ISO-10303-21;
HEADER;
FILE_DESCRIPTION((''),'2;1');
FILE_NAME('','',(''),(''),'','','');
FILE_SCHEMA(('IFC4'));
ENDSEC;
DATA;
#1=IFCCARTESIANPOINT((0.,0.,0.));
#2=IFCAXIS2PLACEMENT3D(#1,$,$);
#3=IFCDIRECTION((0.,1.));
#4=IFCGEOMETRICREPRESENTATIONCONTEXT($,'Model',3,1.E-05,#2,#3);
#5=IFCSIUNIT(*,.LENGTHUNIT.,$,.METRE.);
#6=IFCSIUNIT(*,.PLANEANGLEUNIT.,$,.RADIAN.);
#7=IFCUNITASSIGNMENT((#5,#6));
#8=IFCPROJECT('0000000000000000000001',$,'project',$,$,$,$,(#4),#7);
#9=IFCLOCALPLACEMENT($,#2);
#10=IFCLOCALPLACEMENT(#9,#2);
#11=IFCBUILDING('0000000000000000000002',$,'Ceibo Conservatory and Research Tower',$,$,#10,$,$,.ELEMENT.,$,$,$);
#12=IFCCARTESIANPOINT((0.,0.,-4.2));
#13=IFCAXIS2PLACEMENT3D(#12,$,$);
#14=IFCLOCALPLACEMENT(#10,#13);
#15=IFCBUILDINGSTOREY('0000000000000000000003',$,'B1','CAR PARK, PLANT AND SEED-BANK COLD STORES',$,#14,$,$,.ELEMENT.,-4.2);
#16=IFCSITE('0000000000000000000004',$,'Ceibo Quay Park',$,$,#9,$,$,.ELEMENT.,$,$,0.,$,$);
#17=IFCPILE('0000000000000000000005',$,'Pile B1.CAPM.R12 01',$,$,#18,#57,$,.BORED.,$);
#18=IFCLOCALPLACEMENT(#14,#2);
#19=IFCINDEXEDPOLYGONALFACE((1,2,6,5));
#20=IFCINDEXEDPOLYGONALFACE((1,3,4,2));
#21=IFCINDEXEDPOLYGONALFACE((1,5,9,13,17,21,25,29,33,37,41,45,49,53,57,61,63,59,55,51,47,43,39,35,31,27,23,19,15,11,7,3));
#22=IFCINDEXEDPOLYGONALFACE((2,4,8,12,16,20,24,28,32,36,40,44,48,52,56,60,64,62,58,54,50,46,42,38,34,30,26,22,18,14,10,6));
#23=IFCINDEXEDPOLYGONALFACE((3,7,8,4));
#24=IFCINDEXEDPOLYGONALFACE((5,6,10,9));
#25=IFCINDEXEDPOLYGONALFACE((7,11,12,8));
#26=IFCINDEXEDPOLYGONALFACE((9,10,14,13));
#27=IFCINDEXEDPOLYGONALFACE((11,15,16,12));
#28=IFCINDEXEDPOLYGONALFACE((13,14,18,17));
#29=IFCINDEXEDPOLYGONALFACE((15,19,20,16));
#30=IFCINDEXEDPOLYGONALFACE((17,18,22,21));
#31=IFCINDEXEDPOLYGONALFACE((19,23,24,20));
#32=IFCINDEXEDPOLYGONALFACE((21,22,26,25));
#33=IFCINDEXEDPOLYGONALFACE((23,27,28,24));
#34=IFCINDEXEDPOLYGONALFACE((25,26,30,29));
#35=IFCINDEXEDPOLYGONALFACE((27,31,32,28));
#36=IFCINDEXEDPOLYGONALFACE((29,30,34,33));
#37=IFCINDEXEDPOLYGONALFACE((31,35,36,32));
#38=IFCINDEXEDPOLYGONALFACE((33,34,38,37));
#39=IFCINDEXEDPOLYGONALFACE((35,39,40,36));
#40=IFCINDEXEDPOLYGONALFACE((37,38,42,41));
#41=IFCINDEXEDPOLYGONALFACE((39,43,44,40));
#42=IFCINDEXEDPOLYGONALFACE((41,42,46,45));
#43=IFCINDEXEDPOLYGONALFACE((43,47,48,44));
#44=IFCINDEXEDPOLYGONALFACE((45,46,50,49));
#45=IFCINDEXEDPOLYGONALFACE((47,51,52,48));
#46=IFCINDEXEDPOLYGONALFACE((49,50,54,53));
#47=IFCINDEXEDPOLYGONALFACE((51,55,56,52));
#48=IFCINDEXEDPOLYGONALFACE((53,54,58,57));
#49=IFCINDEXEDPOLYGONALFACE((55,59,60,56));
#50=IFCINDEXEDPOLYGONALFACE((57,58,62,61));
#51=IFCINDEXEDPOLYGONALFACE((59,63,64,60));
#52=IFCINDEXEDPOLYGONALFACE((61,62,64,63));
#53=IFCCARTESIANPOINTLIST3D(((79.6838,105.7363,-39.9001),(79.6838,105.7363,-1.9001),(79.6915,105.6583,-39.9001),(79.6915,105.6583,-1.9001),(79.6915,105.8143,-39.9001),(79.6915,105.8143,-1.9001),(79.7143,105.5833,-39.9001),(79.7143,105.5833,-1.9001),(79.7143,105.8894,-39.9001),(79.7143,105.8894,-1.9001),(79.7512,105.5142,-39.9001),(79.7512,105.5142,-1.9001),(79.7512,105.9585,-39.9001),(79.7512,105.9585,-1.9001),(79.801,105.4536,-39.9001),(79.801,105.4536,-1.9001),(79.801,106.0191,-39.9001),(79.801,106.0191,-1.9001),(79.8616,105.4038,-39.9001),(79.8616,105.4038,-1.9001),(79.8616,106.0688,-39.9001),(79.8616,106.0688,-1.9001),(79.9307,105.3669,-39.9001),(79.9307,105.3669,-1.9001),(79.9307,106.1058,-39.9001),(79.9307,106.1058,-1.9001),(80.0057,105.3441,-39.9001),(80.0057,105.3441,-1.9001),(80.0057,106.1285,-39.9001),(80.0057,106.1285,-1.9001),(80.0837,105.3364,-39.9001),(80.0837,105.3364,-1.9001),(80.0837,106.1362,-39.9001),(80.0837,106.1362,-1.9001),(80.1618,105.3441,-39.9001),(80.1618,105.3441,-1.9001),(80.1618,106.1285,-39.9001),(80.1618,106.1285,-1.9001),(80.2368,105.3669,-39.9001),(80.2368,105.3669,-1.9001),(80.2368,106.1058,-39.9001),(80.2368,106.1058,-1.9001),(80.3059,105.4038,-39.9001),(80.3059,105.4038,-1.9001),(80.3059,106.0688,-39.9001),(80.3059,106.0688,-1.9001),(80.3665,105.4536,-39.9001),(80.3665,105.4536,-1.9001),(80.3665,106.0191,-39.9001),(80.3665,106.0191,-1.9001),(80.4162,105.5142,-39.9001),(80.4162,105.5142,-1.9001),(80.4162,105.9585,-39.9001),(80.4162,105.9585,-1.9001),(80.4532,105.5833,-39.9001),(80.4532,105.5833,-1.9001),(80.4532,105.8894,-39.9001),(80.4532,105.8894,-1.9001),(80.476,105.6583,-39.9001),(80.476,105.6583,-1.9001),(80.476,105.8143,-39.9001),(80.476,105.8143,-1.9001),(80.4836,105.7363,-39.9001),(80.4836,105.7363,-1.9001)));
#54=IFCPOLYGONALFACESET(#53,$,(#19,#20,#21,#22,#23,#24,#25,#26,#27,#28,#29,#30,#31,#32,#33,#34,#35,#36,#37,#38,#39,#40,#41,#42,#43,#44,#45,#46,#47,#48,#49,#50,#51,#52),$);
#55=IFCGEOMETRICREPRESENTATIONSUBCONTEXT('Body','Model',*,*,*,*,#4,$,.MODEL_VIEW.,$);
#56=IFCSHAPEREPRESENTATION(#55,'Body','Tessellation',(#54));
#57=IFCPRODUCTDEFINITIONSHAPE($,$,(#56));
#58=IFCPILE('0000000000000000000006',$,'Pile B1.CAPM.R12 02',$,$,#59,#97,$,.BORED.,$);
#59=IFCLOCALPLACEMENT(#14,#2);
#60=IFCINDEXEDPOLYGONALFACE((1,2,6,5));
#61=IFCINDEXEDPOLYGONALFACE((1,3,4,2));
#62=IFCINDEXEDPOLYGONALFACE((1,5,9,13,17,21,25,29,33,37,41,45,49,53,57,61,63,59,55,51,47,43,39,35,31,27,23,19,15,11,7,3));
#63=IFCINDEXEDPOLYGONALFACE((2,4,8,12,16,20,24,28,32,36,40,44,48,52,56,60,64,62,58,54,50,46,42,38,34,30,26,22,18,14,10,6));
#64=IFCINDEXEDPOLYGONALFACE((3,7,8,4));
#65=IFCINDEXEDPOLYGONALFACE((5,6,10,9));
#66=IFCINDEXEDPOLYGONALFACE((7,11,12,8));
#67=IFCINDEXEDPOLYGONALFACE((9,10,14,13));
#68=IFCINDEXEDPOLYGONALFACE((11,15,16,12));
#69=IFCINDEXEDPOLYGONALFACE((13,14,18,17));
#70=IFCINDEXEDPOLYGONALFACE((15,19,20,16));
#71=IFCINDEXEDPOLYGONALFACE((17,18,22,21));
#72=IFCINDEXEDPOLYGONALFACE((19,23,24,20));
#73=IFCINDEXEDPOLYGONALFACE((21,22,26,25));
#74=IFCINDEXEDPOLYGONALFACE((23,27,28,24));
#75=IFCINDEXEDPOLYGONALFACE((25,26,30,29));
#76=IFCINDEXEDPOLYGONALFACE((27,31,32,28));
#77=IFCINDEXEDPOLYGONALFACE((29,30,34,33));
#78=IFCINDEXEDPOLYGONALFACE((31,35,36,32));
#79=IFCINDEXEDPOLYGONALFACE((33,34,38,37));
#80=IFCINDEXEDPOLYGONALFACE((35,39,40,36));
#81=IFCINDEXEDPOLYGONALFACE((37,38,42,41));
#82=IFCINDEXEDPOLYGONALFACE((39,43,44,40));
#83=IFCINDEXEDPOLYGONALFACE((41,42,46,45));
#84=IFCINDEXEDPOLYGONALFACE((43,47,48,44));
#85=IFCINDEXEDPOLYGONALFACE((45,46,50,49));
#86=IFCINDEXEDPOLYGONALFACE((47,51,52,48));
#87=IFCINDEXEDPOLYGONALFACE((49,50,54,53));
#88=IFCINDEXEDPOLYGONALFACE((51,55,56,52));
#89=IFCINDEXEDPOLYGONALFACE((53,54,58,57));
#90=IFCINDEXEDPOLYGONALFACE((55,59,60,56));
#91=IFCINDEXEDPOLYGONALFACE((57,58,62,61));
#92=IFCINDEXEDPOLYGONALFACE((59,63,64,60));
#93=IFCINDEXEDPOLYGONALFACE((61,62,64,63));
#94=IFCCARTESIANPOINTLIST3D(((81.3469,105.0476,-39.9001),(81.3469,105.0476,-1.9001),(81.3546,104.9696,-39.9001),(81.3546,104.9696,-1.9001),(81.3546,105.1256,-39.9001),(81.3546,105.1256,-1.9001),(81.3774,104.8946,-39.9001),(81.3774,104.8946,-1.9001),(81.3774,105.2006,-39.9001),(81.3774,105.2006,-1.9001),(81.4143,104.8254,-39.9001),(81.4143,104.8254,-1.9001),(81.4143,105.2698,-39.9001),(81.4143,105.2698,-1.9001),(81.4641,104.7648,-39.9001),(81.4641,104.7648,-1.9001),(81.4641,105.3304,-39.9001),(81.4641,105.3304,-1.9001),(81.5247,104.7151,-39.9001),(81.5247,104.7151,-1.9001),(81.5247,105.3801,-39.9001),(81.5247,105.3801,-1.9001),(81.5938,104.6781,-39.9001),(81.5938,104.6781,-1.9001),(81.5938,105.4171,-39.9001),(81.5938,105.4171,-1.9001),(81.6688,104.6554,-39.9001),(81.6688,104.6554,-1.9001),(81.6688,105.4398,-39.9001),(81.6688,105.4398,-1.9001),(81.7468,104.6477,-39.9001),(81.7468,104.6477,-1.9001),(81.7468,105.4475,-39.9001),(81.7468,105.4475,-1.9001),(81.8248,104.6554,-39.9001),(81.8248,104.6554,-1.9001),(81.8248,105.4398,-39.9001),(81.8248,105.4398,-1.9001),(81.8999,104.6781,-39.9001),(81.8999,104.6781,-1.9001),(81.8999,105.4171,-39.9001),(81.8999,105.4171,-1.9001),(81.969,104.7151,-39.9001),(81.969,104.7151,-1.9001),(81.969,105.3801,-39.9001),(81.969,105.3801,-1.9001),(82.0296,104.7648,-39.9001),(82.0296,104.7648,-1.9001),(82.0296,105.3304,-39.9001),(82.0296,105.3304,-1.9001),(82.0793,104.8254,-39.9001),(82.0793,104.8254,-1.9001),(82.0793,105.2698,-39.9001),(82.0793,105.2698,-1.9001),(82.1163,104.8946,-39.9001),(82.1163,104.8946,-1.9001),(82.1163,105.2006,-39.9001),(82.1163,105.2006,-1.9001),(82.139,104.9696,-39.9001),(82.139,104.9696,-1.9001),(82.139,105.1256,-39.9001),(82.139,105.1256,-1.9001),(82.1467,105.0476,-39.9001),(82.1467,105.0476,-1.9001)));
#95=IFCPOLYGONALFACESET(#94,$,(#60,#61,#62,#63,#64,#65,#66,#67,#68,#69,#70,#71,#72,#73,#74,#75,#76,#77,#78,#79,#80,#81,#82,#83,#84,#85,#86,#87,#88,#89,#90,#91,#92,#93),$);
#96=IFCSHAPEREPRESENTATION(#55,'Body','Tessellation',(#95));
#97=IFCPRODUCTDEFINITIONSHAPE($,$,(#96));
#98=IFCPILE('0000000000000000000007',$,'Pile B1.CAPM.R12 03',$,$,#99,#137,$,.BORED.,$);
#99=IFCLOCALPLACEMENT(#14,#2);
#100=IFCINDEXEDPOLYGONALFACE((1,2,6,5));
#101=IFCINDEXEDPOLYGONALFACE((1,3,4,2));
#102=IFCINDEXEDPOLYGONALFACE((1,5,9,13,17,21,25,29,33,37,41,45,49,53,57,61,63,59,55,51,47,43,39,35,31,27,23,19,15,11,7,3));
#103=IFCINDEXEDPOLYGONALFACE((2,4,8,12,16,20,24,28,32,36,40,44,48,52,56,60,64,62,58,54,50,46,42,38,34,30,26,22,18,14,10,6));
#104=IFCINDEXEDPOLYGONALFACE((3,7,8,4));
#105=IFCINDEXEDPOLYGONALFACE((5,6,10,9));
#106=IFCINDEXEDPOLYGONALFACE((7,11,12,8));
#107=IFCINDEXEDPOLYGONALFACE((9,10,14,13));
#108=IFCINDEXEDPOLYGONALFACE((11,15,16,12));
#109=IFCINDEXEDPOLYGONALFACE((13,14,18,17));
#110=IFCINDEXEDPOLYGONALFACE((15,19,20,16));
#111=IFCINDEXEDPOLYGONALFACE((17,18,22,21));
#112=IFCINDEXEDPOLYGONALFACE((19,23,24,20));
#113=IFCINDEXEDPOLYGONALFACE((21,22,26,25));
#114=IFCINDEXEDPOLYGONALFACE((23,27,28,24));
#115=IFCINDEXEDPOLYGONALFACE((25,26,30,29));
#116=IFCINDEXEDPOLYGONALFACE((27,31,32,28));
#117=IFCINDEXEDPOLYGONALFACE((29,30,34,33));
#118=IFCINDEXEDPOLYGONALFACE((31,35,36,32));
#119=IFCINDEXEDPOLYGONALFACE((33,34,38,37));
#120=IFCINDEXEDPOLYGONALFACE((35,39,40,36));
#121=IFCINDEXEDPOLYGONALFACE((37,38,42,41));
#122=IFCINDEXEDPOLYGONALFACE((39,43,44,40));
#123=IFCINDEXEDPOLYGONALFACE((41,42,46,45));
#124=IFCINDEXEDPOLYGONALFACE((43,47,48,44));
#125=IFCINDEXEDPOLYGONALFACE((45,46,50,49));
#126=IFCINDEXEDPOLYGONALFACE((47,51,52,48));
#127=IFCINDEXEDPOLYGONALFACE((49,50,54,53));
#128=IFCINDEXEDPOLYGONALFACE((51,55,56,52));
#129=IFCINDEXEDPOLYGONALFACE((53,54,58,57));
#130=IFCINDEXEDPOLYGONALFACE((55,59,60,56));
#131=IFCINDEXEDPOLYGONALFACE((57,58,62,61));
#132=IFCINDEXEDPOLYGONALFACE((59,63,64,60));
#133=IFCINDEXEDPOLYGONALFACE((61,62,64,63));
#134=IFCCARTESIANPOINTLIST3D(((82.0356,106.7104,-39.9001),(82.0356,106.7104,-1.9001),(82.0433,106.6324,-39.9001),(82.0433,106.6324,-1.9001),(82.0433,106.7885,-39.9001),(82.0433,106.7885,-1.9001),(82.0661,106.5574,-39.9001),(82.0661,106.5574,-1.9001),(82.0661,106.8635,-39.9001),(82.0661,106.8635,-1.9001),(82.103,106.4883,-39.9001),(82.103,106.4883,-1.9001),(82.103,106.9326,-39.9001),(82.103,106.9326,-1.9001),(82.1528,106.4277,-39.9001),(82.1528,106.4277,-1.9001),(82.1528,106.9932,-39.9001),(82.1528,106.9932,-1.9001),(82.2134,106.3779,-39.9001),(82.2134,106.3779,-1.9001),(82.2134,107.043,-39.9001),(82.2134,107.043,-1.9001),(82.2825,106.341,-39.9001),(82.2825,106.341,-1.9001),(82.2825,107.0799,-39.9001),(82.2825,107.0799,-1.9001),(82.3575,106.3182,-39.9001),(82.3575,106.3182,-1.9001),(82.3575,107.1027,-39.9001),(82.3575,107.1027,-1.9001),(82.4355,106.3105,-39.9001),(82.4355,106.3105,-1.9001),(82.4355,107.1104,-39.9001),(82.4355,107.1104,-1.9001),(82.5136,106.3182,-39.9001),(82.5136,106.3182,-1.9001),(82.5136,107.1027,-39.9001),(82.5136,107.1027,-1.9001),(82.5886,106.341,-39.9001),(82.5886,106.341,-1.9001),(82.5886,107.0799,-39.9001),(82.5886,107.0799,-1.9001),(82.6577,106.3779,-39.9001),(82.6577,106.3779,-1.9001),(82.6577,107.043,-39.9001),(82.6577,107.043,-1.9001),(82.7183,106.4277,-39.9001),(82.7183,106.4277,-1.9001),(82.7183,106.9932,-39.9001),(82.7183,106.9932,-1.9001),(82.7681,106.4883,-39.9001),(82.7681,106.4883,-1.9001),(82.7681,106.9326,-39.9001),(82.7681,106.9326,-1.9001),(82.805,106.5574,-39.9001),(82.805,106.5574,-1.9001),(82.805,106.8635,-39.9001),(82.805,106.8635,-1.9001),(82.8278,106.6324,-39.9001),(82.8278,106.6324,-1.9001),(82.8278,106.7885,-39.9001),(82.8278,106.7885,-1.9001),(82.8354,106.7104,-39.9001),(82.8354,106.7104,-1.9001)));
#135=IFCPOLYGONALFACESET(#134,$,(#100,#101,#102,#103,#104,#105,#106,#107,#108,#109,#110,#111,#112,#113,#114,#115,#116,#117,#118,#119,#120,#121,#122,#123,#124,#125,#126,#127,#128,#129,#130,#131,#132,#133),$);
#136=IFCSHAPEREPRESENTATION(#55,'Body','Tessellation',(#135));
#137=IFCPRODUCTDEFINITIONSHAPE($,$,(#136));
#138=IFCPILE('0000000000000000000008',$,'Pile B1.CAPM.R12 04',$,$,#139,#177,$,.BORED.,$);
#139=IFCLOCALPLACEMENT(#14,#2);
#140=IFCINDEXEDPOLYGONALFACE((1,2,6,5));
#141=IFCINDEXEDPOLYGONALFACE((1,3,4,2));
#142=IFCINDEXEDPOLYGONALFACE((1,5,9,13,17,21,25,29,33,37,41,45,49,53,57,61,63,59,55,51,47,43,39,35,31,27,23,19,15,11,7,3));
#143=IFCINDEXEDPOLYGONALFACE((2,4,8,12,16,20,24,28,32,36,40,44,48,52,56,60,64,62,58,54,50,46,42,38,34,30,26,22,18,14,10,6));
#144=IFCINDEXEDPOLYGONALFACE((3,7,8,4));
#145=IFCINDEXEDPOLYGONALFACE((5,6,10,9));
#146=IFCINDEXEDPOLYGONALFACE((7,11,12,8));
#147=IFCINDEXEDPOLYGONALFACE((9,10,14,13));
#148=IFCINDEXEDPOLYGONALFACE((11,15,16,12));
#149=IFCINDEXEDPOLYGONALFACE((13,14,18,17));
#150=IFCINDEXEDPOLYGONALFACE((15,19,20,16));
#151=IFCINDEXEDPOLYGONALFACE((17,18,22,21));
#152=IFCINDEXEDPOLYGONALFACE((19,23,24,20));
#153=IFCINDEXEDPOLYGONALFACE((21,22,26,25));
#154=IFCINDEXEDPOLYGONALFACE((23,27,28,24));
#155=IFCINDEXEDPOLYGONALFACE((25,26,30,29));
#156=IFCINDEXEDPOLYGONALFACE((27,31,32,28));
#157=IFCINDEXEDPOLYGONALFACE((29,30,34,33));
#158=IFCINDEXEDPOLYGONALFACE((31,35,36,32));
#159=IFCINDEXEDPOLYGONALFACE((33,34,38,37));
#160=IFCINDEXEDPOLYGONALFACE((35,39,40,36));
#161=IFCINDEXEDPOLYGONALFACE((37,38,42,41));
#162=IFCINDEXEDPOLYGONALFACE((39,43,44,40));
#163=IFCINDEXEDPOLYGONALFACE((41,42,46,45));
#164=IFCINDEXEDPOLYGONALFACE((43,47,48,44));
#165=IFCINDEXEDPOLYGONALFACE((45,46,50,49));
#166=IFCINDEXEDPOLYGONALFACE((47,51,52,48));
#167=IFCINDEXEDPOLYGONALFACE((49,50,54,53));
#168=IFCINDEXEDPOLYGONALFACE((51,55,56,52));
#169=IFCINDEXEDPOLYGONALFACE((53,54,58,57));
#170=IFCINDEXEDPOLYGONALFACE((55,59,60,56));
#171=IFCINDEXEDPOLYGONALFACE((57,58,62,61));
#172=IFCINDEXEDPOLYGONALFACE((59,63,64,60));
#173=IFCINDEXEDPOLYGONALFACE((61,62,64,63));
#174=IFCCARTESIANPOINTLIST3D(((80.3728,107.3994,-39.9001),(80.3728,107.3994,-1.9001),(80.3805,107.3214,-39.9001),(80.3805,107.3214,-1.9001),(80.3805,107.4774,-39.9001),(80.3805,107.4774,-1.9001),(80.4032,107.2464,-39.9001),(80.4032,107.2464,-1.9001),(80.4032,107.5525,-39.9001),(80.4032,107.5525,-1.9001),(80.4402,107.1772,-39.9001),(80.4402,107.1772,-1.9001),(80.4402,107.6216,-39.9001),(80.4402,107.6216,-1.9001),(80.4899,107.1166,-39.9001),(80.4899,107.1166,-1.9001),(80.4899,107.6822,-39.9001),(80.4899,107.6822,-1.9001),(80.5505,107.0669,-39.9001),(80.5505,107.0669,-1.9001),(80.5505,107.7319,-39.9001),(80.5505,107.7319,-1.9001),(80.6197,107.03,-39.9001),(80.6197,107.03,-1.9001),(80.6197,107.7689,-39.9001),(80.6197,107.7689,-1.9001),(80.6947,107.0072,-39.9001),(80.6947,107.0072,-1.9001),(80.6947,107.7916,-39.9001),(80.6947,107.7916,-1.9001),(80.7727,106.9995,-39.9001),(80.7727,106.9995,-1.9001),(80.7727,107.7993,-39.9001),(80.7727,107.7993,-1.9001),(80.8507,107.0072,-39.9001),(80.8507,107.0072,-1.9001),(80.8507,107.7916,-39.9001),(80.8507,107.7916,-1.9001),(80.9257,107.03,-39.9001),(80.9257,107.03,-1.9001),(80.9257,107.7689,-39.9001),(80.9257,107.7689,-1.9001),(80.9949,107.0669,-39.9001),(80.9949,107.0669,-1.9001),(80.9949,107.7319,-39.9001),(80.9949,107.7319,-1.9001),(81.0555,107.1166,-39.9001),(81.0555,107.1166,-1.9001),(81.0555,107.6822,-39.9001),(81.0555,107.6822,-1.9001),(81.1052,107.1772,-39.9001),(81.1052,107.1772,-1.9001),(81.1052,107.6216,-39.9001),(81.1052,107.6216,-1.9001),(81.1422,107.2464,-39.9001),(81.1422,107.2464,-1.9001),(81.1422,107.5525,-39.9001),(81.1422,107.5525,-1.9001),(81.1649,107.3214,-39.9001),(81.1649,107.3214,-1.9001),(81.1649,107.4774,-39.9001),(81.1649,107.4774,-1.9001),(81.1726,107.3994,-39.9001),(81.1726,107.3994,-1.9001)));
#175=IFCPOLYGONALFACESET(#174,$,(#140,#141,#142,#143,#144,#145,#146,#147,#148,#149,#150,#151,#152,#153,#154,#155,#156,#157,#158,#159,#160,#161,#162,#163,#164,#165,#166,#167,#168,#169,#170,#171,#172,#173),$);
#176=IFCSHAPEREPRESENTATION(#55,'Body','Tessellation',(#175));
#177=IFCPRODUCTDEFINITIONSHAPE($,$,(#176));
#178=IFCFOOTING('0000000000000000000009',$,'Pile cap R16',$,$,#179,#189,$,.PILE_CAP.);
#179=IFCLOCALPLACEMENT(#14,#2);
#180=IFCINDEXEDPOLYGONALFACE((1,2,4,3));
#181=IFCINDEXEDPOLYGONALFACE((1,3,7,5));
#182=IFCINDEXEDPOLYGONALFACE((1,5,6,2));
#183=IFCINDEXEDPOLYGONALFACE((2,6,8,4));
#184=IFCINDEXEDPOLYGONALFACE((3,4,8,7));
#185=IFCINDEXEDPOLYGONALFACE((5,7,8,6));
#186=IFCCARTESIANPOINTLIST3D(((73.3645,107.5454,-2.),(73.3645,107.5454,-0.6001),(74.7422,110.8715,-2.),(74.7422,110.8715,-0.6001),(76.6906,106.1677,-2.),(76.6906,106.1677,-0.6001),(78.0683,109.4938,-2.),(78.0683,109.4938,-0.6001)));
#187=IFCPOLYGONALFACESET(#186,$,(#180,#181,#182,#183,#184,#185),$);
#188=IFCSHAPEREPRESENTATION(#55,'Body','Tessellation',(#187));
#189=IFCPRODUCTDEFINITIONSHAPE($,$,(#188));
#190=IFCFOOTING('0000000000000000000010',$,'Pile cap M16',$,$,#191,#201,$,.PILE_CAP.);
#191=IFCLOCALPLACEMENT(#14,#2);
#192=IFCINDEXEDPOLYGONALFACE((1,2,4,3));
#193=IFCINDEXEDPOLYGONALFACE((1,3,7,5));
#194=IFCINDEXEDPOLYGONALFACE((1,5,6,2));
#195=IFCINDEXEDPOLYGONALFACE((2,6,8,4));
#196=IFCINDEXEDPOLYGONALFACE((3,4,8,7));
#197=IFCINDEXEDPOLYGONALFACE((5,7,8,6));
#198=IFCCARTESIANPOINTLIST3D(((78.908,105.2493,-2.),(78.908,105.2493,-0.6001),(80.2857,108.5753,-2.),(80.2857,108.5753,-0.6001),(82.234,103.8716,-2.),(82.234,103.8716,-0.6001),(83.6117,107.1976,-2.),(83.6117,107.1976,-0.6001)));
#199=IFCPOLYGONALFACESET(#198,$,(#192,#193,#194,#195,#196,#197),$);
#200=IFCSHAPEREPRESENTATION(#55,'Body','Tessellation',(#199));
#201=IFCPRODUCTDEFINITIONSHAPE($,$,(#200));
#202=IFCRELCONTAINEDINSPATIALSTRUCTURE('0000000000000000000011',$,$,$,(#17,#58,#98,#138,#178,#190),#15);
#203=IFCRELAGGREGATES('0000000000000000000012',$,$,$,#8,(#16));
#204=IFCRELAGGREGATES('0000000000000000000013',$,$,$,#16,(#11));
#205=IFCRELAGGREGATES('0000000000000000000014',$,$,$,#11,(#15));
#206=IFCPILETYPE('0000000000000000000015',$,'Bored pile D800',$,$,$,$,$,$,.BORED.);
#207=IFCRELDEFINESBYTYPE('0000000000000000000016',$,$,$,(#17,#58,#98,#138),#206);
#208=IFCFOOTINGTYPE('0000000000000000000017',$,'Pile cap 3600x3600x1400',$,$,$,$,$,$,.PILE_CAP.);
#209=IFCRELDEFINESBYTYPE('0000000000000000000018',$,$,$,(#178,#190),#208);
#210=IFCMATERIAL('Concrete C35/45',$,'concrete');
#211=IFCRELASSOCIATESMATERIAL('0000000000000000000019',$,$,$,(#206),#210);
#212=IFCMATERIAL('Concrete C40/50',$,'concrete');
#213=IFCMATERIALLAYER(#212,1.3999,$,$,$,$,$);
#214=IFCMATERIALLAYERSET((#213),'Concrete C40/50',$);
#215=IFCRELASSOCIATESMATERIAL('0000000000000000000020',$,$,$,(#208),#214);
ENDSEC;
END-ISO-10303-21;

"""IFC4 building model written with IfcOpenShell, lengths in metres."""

from ifc_helpers import new_model, si_unit, direction, frame, origin, origin_2d, place, context, subcontext, project, spatial, polyline, circle, outline, extrude, material, layer, layer_set, material_profile, profile_set, type_object, element, save


model = new_model("IFC4")

# Units and contexts
model_context = context("Model", 3, precision=1e-05, world=origin(), true_north=direction((0.0, 1.0)))
body_context = subcontext(model_context, "Body", "Model", "MODEL_VIEW")
ifc_project = project(units=[si_unit("LENGTHUNIT", "METRE"), si_unit("PLANEANGLEUNIT", "RADIAN")], contexts=[model_context])

# Site, building, storey
site_placement = place(None, origin())
site = spatial("IfcSite", under=ifc_project, at=site_placement, Name="Ceibo Quay Park", CompositionType="ELEMENT", RefElevation=0.0)
building_placement = place(site_placement, origin())
building = spatial("IfcBuilding", under=site, at=building_placement, Name="Ceibo Conservatory and Research Tower", CompositionType="ELEMENT")
storey_placement = place(building_placement, frame((0.0, 0.0, -4.2)))
storey = spatial("IfcBuildingStorey", under=building, at=storey_placement, Name="B1", Description="CAR PARK, PLANT AND SEED-BANK COLD STORES", CompositionType="ELEMENT", Elevation=-4.2)

# Piles
ifc_material_1 = material(Name="Concrete C35/45", Category="concrete")
ifc_material_profile_1 = material_profile(ifc_material_1, circle(Radius=0.3999, at=origin_2d()), Name="RC D800")
ifc_profile_set_1 = profile_set([ifc_material_profile_1], Name="Concrete C35/45")
pile_type_1 = type_object("IfcPileType", Name="Bored pile D800", PredefinedType="BORED", material=ifc_profile_set_1)
for number, where, z_axis, x_axis, name in (
    (1, (80.0837, 105.7363, -1.9001), (0.0, 0.0, -1.0), (1.0, 0.0, 0.0), "Pile B1.CAPM.R12 01"),
    (2, (81.7468, 105.0476, -1.9001), (0.0, 0.0, -1.0), (1.0, 0.0, 0.0), "Pile B1.CAPM.R12 02"),
    (3, (82.4355, 106.7104, -1.9001), (0.0, 0.0, -1.0), (1.0, 0.0, 0.0), "Pile B1.CAPM.R12 03"),
    (4, (80.7727, 107.3994, -1.9001), (0.0, 0.0, -1.0), (1.0, 0.0, 0.0), "Pile B1.CAPM.R12 04"),
):
    element("IfcPile", number, at=place(storey_placement, frame(where, z_axis=z_axis, x_axis=x_axis)), inside=storey, type_object=pile_type_1, Name=name, PredefinedType="BORED", context=body_context, shape_type="SweptSolid", body=[
        extrude(circle(Radius=0.3999, at=origin_2d()), origin(), (0.0, 0.0, 1.0), 38.0),
    ])

# Footings
ifc_material_2 = material(Name="Concrete C40/50", Category="concrete")
ifc_layer_1 = layer(ifc_material_2, 1.3999)
ifc_layer_set_1 = layer_set([ifc_layer_1], Name="Concrete C40/50")
footing_type = type_object("IfcFootingType", Name="Pile cap 3600x3600x1400", PredefinedType="PILE_CAP", material=ifc_layer_set_1)
for number, where, z_axis, x_axis, name in (
    (5, (73.3645, 107.5454, -2.0), (0.0, 0.0, 1.0), (0.92388, -0.382683, 0.0), "Pile cap R16"),
    (6, (78.908, 105.2493, -2.0), (0.0, 0.0, 1.0), (0.92388, -0.382683, 0.0), "Pile cap M16"),
):
    element("IfcFooting", number, at=place(storey_placement, frame(where, z_axis=z_axis, x_axis=x_axis)), inside=storey, type_object=footing_type, Name=name, PredefinedType="PILE_CAP", context=body_context, shape_type="SweptSolid", body=[
        extrude(outline(polyline([(0.0, 0.0), (3.6001, 0.0), (3.6001, 3.6001), (0.0, 3.6001), (0.0, 0.0)])), origin(), (0.0, 0.0, 1.0), 1.3999),
    ])

save(model, "model.ifc")
